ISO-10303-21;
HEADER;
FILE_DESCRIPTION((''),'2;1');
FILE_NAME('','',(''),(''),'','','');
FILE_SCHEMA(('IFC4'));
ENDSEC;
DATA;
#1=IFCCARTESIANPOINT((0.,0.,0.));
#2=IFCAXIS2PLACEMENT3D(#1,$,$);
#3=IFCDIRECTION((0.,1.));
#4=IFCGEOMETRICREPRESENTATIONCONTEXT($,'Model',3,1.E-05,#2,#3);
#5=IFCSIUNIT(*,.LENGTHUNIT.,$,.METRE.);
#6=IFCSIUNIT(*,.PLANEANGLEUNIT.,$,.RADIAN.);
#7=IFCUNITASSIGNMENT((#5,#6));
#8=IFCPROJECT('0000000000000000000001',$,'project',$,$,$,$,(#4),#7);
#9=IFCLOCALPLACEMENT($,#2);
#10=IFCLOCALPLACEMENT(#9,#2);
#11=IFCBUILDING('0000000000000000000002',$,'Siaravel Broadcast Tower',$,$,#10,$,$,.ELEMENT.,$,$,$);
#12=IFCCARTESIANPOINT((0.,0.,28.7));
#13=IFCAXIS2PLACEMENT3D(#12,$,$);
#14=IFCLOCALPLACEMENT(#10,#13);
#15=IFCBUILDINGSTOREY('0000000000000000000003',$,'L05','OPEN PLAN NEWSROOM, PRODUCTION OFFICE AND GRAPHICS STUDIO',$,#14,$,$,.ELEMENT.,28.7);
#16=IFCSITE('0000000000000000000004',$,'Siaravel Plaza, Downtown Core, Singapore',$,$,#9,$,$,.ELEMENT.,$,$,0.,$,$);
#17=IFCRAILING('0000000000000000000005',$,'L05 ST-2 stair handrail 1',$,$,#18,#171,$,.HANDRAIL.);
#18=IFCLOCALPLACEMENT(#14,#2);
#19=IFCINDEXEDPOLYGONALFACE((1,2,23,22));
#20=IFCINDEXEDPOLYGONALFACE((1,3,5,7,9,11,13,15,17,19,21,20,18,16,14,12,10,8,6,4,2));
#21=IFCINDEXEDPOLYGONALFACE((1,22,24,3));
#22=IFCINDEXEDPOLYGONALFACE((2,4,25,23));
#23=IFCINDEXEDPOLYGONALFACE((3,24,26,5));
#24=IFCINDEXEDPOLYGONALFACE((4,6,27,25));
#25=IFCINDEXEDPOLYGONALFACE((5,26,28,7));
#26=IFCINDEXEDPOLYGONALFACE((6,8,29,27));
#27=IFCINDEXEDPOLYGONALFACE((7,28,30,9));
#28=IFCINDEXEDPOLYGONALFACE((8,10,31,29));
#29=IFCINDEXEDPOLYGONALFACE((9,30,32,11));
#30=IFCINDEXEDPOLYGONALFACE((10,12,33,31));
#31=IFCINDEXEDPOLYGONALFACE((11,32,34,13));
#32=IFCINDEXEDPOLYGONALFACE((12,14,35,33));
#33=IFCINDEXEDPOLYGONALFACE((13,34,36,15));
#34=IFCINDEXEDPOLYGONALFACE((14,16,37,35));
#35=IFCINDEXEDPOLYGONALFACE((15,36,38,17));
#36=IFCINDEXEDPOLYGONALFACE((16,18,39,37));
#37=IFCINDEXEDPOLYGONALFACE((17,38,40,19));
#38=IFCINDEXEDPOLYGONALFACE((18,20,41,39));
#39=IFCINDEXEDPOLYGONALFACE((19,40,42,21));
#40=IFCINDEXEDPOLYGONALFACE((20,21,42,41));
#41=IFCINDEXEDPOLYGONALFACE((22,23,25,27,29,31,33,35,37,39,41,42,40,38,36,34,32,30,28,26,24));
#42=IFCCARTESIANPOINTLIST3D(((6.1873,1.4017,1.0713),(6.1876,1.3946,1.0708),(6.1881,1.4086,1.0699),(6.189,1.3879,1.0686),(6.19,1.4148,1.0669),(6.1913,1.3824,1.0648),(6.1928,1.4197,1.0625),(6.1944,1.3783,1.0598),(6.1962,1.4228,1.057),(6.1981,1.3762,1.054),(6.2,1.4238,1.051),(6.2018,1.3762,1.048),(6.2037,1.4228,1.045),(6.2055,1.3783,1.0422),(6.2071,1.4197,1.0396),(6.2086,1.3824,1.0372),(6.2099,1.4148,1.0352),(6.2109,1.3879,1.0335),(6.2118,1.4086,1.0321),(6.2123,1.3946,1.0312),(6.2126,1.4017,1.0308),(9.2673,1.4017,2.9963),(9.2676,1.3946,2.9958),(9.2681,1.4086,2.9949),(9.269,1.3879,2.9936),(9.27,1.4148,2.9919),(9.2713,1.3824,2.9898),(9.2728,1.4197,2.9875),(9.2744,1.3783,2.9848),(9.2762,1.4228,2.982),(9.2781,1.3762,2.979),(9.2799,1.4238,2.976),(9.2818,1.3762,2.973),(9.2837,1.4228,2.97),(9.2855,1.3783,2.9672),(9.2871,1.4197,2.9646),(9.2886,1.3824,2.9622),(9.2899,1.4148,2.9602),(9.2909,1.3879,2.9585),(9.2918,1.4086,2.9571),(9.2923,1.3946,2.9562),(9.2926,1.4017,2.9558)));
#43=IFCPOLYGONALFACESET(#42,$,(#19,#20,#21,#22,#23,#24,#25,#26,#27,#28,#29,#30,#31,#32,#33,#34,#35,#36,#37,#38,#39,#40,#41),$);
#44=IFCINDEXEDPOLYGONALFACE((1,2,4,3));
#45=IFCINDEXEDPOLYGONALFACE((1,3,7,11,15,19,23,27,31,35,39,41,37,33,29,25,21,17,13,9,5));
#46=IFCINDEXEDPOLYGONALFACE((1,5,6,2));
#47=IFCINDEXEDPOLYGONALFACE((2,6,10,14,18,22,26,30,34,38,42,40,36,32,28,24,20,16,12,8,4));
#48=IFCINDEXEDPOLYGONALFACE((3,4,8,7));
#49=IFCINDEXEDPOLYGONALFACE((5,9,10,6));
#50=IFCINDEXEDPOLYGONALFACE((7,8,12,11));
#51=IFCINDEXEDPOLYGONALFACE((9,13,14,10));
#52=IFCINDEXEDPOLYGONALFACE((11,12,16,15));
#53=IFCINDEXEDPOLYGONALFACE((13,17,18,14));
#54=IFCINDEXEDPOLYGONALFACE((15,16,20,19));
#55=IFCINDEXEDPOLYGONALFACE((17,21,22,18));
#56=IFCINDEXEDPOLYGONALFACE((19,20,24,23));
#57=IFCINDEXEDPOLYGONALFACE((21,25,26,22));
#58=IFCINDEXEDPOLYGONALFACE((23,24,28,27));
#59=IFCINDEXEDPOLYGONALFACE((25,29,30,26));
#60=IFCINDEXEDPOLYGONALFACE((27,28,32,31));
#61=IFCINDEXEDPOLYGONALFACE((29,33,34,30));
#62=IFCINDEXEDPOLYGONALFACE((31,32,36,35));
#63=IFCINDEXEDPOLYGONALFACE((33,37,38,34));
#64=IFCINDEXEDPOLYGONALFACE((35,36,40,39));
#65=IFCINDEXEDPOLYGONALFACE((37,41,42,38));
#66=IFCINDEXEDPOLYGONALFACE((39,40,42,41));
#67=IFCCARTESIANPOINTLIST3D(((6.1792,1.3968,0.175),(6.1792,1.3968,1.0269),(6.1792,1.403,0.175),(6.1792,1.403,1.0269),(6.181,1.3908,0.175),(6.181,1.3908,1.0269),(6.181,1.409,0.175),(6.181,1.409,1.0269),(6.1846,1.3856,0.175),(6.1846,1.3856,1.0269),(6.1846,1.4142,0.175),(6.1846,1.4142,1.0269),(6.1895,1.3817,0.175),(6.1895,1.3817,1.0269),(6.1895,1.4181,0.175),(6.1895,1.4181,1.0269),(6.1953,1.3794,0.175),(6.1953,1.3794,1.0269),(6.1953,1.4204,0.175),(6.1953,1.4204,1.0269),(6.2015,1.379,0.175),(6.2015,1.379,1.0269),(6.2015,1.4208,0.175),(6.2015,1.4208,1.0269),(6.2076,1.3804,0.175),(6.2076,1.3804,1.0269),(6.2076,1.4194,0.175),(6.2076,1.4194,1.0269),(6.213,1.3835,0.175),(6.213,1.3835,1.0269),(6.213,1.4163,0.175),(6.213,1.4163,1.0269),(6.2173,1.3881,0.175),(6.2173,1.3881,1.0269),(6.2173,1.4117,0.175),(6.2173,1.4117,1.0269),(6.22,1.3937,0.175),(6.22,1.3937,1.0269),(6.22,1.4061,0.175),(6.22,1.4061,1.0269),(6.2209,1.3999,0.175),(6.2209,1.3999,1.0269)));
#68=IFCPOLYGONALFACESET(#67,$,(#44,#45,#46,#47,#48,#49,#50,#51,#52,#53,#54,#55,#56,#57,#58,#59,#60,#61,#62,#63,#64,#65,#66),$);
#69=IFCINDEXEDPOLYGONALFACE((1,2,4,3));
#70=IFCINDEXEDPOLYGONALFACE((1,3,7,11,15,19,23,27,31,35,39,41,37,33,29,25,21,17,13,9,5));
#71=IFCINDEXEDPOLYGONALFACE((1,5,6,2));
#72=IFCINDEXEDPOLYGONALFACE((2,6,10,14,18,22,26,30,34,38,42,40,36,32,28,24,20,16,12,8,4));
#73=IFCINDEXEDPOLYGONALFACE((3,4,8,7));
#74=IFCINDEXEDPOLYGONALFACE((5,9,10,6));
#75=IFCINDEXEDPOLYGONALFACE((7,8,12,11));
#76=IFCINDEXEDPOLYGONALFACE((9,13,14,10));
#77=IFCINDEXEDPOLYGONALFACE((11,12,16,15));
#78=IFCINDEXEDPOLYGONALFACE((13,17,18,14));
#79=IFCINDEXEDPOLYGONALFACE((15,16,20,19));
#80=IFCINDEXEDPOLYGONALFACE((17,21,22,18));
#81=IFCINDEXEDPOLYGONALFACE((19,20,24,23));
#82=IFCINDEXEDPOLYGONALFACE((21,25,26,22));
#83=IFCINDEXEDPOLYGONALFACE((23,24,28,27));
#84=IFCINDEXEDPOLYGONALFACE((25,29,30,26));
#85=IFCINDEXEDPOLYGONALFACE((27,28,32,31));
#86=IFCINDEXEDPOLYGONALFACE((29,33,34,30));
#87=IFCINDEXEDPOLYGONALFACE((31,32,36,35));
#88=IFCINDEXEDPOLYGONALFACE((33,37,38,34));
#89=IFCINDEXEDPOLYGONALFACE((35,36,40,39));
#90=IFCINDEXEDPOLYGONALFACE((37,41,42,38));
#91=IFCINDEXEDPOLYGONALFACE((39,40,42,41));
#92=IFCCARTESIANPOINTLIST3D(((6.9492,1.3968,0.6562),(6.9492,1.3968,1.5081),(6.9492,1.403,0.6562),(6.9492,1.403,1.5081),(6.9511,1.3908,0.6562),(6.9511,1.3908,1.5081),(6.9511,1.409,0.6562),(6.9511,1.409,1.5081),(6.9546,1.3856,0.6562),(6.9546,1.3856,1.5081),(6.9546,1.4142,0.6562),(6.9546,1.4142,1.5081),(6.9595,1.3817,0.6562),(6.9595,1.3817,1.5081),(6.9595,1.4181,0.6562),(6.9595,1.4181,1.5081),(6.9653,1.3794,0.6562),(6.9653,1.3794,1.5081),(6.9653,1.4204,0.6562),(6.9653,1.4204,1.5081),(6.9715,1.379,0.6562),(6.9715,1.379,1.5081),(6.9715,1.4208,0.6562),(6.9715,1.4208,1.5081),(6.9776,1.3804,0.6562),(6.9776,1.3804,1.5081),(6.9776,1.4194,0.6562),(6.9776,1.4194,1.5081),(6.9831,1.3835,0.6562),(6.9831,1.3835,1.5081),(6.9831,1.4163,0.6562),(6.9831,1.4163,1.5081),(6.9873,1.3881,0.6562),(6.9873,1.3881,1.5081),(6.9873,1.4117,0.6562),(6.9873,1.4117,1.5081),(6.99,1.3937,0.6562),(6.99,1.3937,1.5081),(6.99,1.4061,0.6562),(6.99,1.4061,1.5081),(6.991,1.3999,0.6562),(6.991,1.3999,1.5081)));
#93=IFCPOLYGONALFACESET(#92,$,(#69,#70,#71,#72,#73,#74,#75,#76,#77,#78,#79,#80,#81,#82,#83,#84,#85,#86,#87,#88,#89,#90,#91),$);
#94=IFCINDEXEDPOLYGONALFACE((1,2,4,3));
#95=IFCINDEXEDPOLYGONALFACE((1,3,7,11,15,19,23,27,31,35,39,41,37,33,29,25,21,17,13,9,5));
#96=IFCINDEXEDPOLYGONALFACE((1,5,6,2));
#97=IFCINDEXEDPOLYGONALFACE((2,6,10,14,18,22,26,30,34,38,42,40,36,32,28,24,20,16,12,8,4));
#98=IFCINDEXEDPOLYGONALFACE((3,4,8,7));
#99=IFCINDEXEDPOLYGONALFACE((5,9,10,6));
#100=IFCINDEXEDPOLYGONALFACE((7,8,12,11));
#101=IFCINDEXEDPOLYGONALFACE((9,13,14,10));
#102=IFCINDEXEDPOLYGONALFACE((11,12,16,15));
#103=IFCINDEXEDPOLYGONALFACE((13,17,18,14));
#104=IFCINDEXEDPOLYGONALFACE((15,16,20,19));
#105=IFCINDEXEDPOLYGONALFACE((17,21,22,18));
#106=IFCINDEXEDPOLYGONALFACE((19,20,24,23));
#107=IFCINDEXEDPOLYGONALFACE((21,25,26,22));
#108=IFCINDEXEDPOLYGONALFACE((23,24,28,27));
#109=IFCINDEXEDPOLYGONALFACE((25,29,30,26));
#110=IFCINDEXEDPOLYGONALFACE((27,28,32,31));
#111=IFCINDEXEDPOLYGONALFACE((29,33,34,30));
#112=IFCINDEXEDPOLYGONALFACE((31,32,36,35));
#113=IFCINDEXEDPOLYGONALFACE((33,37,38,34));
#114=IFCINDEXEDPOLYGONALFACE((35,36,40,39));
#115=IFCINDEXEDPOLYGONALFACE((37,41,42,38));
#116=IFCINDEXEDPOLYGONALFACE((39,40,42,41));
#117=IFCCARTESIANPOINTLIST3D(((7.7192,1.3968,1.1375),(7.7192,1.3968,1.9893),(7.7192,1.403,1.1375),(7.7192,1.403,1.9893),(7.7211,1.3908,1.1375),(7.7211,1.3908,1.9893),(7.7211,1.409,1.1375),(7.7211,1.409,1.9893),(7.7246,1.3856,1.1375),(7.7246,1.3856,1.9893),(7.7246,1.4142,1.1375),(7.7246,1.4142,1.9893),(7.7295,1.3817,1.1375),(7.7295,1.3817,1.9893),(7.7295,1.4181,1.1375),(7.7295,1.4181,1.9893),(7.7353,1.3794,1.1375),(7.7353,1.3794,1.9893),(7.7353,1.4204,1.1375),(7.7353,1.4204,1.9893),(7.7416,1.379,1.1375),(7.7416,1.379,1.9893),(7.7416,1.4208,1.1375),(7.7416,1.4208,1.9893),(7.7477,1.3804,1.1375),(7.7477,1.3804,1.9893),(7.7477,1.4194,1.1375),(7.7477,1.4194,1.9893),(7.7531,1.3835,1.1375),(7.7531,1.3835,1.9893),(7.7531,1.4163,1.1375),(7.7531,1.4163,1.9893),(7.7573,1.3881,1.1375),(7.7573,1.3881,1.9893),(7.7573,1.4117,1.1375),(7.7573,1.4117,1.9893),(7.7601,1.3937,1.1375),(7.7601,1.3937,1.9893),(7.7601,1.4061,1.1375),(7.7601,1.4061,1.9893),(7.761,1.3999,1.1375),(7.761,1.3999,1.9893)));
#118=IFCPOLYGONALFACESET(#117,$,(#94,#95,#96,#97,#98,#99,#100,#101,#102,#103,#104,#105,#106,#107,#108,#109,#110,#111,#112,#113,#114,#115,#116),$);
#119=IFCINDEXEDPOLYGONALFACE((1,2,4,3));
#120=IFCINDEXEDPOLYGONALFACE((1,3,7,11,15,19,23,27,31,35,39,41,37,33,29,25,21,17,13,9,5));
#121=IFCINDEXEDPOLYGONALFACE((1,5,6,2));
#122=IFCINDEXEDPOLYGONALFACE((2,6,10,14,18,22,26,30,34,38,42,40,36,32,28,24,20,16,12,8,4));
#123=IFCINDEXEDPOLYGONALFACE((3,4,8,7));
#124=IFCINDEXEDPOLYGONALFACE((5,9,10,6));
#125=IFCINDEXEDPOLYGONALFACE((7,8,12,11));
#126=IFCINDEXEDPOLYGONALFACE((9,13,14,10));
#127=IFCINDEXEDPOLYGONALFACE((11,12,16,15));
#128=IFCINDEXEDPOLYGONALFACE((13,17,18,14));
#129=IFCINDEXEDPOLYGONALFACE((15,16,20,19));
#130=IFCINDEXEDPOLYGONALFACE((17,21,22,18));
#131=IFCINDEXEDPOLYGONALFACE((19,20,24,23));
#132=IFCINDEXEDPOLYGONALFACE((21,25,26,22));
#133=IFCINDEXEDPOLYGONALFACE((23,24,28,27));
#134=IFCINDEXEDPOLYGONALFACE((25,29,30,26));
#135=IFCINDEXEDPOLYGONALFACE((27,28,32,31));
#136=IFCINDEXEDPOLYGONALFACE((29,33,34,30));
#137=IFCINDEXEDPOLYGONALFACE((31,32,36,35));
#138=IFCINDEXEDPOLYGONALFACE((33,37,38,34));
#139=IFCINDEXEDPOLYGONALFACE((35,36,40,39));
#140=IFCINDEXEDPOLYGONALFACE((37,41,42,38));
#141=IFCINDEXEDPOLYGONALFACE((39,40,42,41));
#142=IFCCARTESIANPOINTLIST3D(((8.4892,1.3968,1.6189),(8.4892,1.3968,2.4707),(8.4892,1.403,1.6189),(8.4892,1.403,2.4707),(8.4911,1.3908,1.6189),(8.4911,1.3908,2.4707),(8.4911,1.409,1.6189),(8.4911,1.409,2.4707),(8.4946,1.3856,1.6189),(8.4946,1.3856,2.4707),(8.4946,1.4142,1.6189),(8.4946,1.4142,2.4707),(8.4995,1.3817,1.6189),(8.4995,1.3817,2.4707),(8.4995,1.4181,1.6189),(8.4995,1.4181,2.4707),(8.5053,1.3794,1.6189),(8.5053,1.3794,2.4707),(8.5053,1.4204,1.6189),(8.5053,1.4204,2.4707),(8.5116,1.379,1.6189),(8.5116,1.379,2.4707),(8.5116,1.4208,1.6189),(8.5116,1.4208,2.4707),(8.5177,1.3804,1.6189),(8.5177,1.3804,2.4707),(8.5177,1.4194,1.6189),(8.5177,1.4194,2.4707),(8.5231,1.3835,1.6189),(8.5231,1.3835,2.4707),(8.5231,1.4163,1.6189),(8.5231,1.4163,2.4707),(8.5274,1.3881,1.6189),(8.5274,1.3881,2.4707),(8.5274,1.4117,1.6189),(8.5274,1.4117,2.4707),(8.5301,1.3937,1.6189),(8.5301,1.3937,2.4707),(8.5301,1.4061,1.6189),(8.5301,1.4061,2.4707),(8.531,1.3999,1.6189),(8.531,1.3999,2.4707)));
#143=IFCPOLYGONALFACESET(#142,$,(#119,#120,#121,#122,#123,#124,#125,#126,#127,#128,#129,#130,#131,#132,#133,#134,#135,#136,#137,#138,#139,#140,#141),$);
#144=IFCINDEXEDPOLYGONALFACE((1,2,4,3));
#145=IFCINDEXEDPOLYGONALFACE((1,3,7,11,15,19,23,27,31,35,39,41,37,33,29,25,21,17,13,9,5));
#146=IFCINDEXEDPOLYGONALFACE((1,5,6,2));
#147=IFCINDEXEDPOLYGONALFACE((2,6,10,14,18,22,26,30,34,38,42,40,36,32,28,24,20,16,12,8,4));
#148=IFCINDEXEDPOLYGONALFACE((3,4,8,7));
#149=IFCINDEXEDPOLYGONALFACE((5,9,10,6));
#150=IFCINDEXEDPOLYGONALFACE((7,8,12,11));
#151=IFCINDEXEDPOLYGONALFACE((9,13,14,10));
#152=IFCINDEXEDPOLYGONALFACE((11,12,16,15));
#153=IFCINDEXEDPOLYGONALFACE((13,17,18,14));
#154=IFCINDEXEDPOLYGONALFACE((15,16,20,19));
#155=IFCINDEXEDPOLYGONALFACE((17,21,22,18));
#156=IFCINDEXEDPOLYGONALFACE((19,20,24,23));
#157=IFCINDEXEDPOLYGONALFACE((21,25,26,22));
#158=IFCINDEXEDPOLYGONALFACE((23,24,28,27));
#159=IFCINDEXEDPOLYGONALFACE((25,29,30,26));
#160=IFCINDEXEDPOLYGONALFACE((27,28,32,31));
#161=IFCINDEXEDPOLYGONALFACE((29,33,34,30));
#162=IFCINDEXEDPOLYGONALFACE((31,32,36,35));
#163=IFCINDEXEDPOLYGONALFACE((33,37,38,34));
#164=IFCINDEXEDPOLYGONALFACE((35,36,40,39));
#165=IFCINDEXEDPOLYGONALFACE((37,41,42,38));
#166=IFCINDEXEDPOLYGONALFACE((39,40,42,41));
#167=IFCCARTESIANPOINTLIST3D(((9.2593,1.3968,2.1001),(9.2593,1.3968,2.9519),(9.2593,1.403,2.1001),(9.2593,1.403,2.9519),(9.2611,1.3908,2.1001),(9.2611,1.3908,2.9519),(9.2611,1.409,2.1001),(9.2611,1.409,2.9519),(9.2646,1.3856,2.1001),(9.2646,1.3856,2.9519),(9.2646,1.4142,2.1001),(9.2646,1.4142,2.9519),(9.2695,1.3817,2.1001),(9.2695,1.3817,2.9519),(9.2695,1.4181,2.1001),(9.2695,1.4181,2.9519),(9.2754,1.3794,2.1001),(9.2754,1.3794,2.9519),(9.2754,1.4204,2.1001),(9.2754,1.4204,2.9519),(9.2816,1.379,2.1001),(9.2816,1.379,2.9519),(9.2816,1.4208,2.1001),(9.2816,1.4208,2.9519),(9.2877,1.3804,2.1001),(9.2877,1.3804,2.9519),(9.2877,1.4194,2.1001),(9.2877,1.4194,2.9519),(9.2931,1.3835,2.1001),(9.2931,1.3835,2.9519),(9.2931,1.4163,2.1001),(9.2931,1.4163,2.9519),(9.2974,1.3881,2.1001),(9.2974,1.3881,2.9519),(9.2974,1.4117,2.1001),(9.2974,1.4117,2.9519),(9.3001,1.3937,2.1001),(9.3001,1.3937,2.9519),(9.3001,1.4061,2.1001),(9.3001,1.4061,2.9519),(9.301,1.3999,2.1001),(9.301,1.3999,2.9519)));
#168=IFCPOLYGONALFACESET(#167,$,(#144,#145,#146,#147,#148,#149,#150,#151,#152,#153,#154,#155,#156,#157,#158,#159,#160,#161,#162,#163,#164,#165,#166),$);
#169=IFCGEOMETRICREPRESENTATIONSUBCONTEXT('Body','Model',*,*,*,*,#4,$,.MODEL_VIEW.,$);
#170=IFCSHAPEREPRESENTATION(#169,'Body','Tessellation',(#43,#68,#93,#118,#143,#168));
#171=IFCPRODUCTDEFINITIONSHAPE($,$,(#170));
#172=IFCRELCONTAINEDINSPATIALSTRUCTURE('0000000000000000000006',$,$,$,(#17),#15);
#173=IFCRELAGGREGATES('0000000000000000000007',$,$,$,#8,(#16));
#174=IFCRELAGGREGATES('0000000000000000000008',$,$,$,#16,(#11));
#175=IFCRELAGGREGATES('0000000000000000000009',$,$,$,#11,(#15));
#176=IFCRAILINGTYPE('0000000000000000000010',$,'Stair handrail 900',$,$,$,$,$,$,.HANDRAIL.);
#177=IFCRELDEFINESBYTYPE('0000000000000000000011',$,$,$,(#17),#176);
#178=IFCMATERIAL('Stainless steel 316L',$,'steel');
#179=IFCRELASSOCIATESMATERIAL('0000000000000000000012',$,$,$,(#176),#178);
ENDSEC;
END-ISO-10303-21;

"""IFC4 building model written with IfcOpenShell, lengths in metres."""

from ifc_helpers import new_model, si_unit, direction, frame, origin, origin_2d, place, context, subcontext, project, spatial, circle, extrude, material, type_object, element, save


model = new_model("IFC4")

# Units and contexts
model_context = context("Model", 3, precision=1e-05, world=origin(), true_north=direction((0.0, 1.0)))
body_context = subcontext(model_context, "Body", "Model", "MODEL_VIEW")
ifc_project = project(units=[si_unit("LENGTHUNIT", "METRE"), si_unit("PLANEANGLEUNIT", "RADIAN")], contexts=[model_context])

# Site, building, storey
site_placement = place(None, origin())
site = spatial("IfcSite", under=ifc_project, at=site_placement, Name="Siaravel Plaza, Downtown Core, Singapore", CompositionType="ELEMENT", RefElevation=0.0)
building_placement = place(site_placement, origin())
building = spatial("IfcBuilding", under=site, at=building_placement, Name="Siaravel Broadcast Tower", CompositionType="ELEMENT")
storey_placement = place(building_placement, frame((0.0, 0.0, 28.7)))
storey = spatial("IfcBuildingStorey", under=building, at=storey_placement, Name="L05", Description="OPEN PLAN NEWSROOM, PRODUCTION OFFICE AND GRAPHICS STUDIO", CompositionType="ELEMENT", Elevation=28.7)

# Railing
ifc_material_1 = material(Name="Stainless steel 316L", Category="steel")
railing_type_1 = type_object("IfcRailingType", Name="Stair handrail 900", PredefinedType="HANDRAIL", material=ifc_material_1)
railing_1_placement = place(storey_placement, frame((6.2, 1.3999, 0.175)))
element("IfcRailing", 1, at=railing_1_placement, inside=storey, type_object=railing_type_1, Name="L05 ST-2 stair handrail 1", PredefinedType="HANDRAIL", context=body_context, shape_type="SweptSolid", body=[
    extrude(circle(Radius=0.0239, at=origin_2d()), frame((0.0, 0.0, 0.876), z_axis=(0.847998, 0.0, 0.529999), x_axis=(0.0, 1.0, 0.0)), (0.0, 0.0, 1.0), 3.6321),
    extrude(circle(Radius=0.021, at=origin_2d()), origin(), (0.0, 0.0, 1.0), 0.8518),
    extrude(circle(Radius=0.021, at=origin_2d()), frame((0.77, 0.0, 0.4812)), (0.0, 0.0, 1.0), 0.8518),
    extrude(circle(Radius=0.021, at=origin_2d()), frame((1.54, 0.0, 0.9624)), (0.0, 0.0, 1.0), 0.8518),
    extrude(circle(Radius=0.021, at=origin_2d()), frame((2.3101, 0.0, 1.4438)), (0.0, 0.0, 1.0), 0.8518),
    extrude(circle(Radius=0.021, at=origin_2d()), frame((3.0801, 0.0, 1.925)), (0.0, 0.0, 1.0), 0.8518),
])

save(model, "model.ifc")
